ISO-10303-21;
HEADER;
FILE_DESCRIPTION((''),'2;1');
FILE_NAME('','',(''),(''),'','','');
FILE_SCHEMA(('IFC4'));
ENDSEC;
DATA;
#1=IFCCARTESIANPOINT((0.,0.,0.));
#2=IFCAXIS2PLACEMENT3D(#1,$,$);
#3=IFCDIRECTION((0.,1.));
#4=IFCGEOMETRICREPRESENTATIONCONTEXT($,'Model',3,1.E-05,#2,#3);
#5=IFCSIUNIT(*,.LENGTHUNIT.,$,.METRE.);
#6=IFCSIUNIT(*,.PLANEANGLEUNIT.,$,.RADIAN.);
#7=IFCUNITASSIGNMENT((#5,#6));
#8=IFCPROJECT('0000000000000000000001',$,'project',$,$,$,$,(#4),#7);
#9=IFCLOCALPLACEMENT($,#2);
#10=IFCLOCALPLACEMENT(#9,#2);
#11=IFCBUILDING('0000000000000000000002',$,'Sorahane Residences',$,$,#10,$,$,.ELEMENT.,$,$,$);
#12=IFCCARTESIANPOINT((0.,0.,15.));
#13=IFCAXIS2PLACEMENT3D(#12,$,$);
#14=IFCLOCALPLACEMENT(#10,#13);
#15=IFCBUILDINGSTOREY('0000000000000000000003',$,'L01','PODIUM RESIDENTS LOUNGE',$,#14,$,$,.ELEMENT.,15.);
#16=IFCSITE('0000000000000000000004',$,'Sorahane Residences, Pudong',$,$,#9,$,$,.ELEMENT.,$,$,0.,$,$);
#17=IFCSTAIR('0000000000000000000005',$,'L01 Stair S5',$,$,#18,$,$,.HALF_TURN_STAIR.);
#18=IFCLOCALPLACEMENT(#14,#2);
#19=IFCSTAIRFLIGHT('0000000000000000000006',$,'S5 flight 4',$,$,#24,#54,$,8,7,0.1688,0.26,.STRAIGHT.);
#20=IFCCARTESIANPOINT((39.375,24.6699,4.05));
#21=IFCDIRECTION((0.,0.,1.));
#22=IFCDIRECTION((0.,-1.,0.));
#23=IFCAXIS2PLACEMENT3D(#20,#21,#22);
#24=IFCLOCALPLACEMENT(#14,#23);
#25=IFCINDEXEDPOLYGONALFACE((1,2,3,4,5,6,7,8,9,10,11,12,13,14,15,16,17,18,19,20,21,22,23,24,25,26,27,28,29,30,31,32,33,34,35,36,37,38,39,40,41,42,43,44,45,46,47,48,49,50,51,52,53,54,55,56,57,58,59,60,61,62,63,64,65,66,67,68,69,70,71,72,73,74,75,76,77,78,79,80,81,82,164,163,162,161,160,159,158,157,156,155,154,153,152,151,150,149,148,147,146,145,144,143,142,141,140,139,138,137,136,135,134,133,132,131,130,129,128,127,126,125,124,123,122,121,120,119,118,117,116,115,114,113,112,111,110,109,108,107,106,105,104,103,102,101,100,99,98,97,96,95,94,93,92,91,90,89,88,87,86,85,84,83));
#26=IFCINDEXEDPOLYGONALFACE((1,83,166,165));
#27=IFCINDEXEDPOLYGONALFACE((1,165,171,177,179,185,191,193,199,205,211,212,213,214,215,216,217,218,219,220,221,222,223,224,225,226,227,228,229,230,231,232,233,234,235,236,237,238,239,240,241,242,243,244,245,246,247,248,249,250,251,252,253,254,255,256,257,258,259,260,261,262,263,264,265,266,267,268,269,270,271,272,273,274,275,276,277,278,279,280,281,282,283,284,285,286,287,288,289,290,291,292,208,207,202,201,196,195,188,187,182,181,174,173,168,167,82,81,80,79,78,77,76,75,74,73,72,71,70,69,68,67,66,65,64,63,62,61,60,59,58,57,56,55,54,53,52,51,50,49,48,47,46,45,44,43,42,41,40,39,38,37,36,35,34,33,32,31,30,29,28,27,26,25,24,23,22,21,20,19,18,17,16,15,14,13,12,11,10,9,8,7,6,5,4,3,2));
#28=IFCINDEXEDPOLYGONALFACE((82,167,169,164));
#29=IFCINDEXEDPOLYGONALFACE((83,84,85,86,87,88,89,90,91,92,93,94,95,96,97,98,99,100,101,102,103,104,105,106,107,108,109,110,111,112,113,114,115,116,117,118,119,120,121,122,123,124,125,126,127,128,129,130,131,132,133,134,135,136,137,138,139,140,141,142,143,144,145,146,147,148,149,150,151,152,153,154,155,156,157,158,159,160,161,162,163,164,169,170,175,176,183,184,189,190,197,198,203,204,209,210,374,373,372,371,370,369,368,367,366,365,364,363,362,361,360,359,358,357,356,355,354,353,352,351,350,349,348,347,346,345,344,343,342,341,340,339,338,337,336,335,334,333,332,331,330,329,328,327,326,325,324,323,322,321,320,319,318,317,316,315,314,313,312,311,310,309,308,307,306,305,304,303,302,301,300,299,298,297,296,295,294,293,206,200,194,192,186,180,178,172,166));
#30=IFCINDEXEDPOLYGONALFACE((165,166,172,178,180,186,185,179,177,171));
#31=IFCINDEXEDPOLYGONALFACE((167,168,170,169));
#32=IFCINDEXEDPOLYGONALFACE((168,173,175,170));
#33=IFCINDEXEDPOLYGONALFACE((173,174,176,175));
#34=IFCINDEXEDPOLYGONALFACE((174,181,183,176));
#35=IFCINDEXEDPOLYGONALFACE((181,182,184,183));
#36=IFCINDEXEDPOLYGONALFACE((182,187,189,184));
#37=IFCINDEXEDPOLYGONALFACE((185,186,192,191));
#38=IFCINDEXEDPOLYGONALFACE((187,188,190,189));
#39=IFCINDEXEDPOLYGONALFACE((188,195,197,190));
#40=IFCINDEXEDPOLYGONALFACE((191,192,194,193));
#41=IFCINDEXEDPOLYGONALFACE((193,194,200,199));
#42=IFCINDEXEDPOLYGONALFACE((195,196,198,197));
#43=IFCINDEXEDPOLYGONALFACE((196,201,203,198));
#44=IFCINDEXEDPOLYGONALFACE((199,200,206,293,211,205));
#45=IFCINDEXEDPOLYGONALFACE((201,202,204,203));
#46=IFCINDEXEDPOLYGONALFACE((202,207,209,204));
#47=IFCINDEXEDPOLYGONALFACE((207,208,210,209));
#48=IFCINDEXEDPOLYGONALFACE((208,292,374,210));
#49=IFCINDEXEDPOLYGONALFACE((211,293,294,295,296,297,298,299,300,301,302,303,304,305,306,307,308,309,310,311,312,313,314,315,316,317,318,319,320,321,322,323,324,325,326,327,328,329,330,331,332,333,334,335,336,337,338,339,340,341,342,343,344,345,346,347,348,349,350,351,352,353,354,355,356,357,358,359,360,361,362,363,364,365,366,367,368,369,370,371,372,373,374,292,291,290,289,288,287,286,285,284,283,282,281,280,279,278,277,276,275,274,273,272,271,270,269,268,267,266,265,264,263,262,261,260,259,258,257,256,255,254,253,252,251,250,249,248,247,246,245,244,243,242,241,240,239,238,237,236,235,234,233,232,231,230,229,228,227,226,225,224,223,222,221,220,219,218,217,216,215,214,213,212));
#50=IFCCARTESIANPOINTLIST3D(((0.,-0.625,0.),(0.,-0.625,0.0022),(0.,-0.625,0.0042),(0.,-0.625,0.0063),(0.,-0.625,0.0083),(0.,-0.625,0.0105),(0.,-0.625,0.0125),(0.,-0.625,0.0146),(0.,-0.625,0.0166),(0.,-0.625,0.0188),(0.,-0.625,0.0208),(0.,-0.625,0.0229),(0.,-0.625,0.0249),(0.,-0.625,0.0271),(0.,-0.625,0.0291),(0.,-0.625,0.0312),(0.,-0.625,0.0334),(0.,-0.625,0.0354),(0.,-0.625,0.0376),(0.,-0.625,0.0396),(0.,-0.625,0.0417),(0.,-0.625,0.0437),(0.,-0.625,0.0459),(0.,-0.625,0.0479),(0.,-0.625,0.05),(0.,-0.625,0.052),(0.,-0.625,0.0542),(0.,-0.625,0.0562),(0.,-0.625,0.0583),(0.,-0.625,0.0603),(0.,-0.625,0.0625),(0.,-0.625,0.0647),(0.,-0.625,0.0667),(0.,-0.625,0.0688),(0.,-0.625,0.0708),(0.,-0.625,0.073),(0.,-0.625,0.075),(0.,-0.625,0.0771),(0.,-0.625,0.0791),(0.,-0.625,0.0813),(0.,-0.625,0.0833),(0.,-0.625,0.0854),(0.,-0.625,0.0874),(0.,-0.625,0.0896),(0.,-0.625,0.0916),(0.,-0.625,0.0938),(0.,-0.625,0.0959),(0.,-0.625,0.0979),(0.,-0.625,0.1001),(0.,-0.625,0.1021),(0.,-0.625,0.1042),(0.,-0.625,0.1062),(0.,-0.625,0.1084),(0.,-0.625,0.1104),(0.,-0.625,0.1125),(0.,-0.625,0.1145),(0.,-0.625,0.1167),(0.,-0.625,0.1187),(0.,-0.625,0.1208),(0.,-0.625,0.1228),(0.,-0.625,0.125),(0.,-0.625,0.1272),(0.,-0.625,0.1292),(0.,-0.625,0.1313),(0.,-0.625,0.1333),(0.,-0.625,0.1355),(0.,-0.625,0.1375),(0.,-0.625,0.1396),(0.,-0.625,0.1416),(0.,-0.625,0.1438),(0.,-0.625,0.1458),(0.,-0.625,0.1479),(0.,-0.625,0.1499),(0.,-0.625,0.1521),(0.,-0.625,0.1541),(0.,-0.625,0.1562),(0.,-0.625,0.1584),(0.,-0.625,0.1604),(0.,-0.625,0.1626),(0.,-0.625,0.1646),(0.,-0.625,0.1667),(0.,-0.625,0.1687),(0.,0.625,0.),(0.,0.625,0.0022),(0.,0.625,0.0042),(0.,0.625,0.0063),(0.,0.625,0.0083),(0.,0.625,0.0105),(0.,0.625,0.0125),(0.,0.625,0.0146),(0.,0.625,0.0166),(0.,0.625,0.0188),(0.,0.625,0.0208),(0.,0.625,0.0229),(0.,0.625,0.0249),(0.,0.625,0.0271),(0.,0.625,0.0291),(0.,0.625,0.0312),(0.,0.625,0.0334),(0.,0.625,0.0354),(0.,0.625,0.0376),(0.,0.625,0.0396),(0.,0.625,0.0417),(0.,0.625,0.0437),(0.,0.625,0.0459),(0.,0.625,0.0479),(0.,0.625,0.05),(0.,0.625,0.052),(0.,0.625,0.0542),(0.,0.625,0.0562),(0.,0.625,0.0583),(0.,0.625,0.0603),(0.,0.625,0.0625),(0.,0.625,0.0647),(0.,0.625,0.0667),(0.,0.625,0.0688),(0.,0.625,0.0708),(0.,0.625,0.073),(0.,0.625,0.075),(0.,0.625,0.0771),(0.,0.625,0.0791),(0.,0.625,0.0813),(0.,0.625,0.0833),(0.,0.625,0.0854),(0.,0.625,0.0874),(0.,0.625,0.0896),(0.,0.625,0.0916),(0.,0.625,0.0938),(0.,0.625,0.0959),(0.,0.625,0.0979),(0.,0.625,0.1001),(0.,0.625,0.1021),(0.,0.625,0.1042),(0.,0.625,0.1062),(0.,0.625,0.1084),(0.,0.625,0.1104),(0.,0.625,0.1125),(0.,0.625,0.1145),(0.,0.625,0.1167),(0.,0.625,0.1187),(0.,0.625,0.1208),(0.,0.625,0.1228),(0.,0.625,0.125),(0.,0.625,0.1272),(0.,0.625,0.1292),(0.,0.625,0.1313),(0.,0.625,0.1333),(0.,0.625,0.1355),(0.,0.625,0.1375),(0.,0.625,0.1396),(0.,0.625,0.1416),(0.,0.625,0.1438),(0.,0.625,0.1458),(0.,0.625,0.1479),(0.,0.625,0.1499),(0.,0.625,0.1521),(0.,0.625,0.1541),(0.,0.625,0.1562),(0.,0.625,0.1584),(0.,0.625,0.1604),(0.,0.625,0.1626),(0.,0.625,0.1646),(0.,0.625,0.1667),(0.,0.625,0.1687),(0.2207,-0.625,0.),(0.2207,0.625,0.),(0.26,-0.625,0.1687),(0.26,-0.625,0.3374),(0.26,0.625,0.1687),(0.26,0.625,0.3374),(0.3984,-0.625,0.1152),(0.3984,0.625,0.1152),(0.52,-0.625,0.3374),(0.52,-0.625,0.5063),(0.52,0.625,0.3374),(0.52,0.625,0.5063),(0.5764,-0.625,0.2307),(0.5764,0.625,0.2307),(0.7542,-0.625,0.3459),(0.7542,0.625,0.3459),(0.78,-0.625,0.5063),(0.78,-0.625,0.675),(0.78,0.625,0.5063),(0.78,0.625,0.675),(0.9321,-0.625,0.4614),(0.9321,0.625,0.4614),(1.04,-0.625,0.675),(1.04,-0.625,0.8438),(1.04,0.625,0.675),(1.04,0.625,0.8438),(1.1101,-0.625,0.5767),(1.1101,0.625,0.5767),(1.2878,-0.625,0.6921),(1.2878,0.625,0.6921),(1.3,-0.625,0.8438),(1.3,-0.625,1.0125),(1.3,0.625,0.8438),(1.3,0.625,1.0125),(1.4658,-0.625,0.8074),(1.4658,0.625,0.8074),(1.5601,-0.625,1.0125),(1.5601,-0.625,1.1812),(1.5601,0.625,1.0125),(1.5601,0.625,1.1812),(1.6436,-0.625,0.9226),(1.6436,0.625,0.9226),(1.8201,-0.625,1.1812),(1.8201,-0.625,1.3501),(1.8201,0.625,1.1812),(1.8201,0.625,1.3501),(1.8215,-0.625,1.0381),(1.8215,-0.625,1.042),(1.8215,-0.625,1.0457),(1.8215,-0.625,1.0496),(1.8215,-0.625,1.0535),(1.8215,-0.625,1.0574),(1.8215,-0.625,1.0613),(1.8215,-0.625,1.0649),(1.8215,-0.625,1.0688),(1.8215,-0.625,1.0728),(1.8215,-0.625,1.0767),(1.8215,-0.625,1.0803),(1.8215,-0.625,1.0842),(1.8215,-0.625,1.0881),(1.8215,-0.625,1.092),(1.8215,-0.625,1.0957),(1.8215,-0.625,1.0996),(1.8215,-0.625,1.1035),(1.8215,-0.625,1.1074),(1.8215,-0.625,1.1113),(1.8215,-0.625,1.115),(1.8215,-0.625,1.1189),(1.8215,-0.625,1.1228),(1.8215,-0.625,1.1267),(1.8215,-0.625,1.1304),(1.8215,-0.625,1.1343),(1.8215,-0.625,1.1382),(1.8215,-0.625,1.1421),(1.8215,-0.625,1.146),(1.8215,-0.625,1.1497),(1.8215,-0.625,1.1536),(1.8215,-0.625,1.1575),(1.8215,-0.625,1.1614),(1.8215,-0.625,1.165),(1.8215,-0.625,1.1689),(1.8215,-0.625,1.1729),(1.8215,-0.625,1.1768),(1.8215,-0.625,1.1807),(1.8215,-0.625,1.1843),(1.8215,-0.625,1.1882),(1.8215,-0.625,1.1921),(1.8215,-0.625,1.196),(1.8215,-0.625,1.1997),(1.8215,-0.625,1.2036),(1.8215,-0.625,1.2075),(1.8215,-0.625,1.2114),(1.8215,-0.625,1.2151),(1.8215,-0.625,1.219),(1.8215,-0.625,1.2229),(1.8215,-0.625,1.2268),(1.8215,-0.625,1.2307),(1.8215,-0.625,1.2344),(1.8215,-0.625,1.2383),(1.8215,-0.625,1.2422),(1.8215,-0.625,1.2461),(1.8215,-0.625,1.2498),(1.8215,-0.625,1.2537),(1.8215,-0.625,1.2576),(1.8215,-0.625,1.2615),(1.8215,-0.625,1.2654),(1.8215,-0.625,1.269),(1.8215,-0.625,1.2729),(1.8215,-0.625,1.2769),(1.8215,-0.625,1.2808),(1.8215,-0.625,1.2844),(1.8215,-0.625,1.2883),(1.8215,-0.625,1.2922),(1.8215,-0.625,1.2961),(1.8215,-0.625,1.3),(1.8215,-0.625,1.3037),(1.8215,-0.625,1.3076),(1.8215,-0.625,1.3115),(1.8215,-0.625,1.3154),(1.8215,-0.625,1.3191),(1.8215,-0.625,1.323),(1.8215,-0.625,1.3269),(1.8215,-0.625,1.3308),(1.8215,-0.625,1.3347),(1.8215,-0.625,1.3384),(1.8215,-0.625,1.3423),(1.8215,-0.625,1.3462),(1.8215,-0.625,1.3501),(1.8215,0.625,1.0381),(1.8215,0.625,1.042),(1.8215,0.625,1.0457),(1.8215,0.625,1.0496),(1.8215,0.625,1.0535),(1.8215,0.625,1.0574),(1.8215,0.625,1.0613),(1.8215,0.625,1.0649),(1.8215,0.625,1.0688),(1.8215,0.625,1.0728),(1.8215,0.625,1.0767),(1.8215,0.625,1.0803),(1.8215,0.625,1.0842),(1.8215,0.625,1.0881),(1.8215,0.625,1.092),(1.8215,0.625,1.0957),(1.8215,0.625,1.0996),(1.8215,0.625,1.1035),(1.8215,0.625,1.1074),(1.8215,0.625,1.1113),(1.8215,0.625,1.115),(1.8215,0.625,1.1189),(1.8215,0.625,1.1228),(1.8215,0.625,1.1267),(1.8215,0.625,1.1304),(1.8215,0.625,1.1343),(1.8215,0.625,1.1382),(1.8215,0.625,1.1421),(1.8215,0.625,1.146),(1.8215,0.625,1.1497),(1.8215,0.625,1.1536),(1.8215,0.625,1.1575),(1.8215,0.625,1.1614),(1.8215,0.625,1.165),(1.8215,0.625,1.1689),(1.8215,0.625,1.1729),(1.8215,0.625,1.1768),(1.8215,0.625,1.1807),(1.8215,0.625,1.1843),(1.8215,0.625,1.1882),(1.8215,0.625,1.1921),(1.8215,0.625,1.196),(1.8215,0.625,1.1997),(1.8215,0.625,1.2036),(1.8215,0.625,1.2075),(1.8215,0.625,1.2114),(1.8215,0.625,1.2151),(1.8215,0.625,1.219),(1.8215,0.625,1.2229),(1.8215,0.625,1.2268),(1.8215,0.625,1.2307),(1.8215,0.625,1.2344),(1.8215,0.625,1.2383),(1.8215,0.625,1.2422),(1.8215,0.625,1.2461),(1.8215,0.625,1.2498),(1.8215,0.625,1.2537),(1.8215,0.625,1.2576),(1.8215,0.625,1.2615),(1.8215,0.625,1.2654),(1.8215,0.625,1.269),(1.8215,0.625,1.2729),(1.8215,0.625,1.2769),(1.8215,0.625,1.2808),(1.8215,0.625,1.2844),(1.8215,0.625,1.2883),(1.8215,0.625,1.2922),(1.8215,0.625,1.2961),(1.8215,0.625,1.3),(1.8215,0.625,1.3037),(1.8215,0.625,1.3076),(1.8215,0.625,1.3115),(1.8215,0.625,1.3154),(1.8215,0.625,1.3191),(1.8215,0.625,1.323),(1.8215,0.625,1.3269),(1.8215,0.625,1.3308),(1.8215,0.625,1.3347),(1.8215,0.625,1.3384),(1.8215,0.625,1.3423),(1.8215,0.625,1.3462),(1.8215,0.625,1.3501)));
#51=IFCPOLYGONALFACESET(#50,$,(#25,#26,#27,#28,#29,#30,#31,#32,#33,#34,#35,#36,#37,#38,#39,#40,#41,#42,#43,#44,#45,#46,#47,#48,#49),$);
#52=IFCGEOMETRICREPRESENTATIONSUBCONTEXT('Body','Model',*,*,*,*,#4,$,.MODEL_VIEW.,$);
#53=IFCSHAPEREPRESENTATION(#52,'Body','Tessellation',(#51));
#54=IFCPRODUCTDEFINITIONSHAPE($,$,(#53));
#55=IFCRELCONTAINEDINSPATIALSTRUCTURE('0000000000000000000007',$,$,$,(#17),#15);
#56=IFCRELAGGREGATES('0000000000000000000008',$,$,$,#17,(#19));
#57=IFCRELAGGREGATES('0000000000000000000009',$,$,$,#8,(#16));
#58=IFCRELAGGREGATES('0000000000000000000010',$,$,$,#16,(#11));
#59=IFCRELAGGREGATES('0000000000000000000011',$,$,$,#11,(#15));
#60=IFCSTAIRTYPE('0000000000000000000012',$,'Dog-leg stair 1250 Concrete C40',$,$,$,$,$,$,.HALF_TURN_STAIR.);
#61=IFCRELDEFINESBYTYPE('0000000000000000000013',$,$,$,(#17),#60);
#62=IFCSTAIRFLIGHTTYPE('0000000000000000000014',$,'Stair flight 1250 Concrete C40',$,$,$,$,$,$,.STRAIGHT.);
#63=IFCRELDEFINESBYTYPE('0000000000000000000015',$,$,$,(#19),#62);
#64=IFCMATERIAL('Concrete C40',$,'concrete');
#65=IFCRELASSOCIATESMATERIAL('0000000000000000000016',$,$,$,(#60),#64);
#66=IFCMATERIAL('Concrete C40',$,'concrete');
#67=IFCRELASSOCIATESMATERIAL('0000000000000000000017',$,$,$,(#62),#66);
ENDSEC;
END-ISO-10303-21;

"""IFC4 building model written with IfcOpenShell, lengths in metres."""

from ifc_helpers import new_model, si_unit, direction, frame, origin, place, context, subcontext, project, spatial, polyline, outline, extrude, material, type_object, element, aggregate, save


model = new_model("IFC4")

# Units and contexts
model_context = context("Model", 3, precision=1e-05, world=origin(), true_north=direction((0.0, 1.0)))
body_context = subcontext(model_context, "Body", "Model", "MODEL_VIEW")
ifc_project = project(units=[si_unit("LENGTHUNIT", "METRE"), si_unit("PLANEANGLEUNIT", "RADIAN")], contexts=[model_context])

# Site, building, storey
site_placement = place(None, origin())
site = spatial("IfcSite", under=ifc_project, at=site_placement, Name="Sorahane Residences, Pudong", CompositionType="ELEMENT", RefElevation=0.0)
building_placement = place(site_placement, origin())
building = spatial("IfcBuilding", under=site, at=building_placement, Name="Sorahane Residences", CompositionType="ELEMENT")
storey_placement = place(building_placement, frame((0.0, 0.0, 15.0)))
storey = spatial("IfcBuildingStorey", under=building, at=storey_placement, Name="L01", Description="PODIUM RESIDENTS LOUNGE", CompositionType="ELEMENT", Elevation=15.0)

# Stair, stair flight
ifc_material_1 = material(Name="Concrete C40", Category="concrete")
stair_type = type_object("IfcStairType", Name="Dog-leg stair 1250 Concrete C40", PredefinedType="HALF_TURN_STAIR", material=ifc_material_1)
stair_placement = place(storey_placement, origin())
stair = element("IfcStair", 1, at=stair_placement, inside=storey, type_object=stair_type, Name="L01 Stair S5", PredefinedType="HALF_TURN_STAIR")
ifc_material_2 = material(Name="Concrete C40", Category="concrete")
stair_flight_type = type_object("IfcStairFlightType", Name="Stair flight 1250 Concrete C40", PredefinedType="STRAIGHT", material=ifc_material_2)
stair_flight_1_placement = place(storey_placement, frame((39.375, 24.6699, 4.05), z_axis=(0.0, 0.0, 1.0), x_axis=(0.0, -1.0, 0.0)))
stair_flight_1 = element("IfcStairFlight", 2, at=stair_flight_1_placement, type_object=stair_flight_type, Name="S5 flight 4", NumberOfRisers=8, NumberOfTreads=7, PredefinedType="STRAIGHT", RiserHeight=0.1688, TreadLength=0.26, context=body_context, shape_type="SweptSolid", body=[
    extrude(outline(polyline([(0.0, 0.0), (0.0, 0.0022), (0.0, 0.0042), (0.0, 0.0063), (0.0, 0.0083), (0.0, 0.0105), (0.0, 0.0125), (0.0, 0.0146), (0.0, 0.0166), (0.0, 0.0188), (0.0, 0.0208), (0.0, 0.0229), (0.0, 0.0249), (0.0, 0.0271), (0.0, 0.0291), (0.0, 0.0312), (0.0, 0.0334), (0.0, 0.0354), (0.0, 0.0376), (0.0, 0.0396), (0.0, 0.0417), (0.0, 0.0437), (0.0, 0.0459), (0.0, 0.0479), (0.0, 0.05), (0.0, 0.052), (0.0, 0.0542), (0.0, 0.0562), (0.0, 0.0583), (0.0, 0.0603), (0.0, 0.0625), (0.0, 0.0647), (0.0, 0.0667), (0.0, 0.0688), (0.0, 0.0708), (0.0, 0.073), (0.0, 0.075), (0.0, 0.0771), (0.0, 0.0791), (0.0, 0.0813), (0.0, 0.0833), (0.0, 0.0854), (0.0, 0.0874), (0.0, 0.0896), (0.0, 0.0916), (0.0, 0.0938), (0.0, 0.0959), (0.0, 0.0979), (0.0, 0.1001), (0.0, 0.1021), (0.0, 0.1042), (0.0, 0.1062), (0.0, 0.1084), (0.0, 0.1104), (0.0, 0.1125), (0.0, 0.1145), (0.0, 0.1167), (0.0, 0.1187), (0.0, 0.1208), (0.0, 0.1228), (0.0, 0.125), (0.0, 0.1272), (0.0, 0.1292), (0.0, 0.1313), (0.0, 0.1333), (0.0, 0.1355), (0.0, 0.1375), (0.0, 0.1396), (0.0, 0.1416), (0.0, 0.1438), (0.0, 0.1458), (0.0, 0.1479), (0.0, 0.1499), (0.0, 0.1521), (0.0, 0.1541), (0.0, 0.1562), (0.0, 0.1584), (0.0, 0.1604), (0.0, 0.1626), (0.0, 0.1646), (0.0, 0.1667), (0.0, 0.1687), (0.26, 0.1687), (0.26, 0.3374), (0.52, 0.3374), (0.52, 0.5063), (0.78, 0.5063), (0.78, 0.675), (1.04, 0.675), (1.04, 0.8438), (1.3, 0.8438), (1.3, 1.0125), (1.5601, 1.0125), (1.5601, 1.1812), (1.8201, 1.1812), (1.8201, 1.3501), (1.8215, 1.3501), (1.8215, 1.3462), (1.8215, 1.3423), (1.8215, 1.3384), (1.8215, 1.3347), (1.8215, 1.3308), (1.8215, 1.3269), (1.8215, 1.323), (1.8215, 1.3191), (1.8215, 1.3154), (1.8215, 1.3115), (1.8215, 1.3076), (1.8215, 1.3037), (1.8215, 1.3), (1.8215, 1.2961), (1.8215, 1.2922), (1.8215, 1.2883), (1.8215, 1.2844), (1.8215, 1.2808), (1.8215, 1.2769), (1.8215, 1.2729), (1.8215, 1.269), (1.8215, 1.2654), (1.8215, 1.2615), (1.8215, 1.2576), (1.8215, 1.2537), (1.8215, 1.2498), (1.8215, 1.2461), (1.8215, 1.2422), (1.8215, 1.2383), (1.8215, 1.2344), (1.8215, 1.2307), (1.8215, 1.2268), (1.8215, 1.2229), (1.8215, 1.219), (1.8215, 1.2151), (1.8215, 1.2114), (1.8215, 1.2075), (1.8215, 1.2036), (1.8215, 1.1997), (1.8215, 1.196), (1.8215, 1.1921), (1.8215, 1.1882), (1.8215, 1.1843), (1.8215, 1.1807), (1.8215, 1.1768), (1.8215, 1.1729), (1.8215, 1.1689), (1.8215, 1.165), (1.8215, 1.1614), (1.8215, 1.1575), (1.8215, 1.1536), (1.8215, 1.1497), (1.8215, 1.146), (1.8215, 1.1421), (1.8215, 1.1382), (1.8215, 1.1343), (1.8215, 1.1304), (1.8215, 1.1267), (1.8215, 1.1228), (1.8215, 1.1189), (1.8215, 1.115), (1.8215, 1.1113), (1.8215, 1.1074), (1.8215, 1.1035), (1.8215, 1.0996), (1.8215, 1.0957), (1.8215, 1.092), (1.8215, 1.0881), (1.8215, 1.0842), (1.8215, 1.0803), (1.8215, 1.0767), (1.8215, 1.0728), (1.8215, 1.0688), (1.8215, 1.0649), (1.8215, 1.0613), (1.8215, 1.0574), (1.8215, 1.0535), (1.8215, 1.0496), (1.8215, 1.0457), (1.8215, 1.042), (1.8215, 1.0381), (1.6436, 0.9226), (1.4658, 0.8074), (1.2878, 0.6921), (1.1101, 0.5767), (0.9321, 0.4614), (0.7542, 0.3459), (0.5764, 0.2307), (0.3984, 0.1152), (0.2207, 0.0), (0.0, 0.0)])), frame((0.0, 0.625, 0.0), z_axis=(0.0, -1.0, 0.0), x_axis=(1.0, 0.0, 0.0)), (0.0, 0.0, 1.0), 1.25),
])
aggregate(stair, [stair_flight_1])

save(model, "model.ifc")
